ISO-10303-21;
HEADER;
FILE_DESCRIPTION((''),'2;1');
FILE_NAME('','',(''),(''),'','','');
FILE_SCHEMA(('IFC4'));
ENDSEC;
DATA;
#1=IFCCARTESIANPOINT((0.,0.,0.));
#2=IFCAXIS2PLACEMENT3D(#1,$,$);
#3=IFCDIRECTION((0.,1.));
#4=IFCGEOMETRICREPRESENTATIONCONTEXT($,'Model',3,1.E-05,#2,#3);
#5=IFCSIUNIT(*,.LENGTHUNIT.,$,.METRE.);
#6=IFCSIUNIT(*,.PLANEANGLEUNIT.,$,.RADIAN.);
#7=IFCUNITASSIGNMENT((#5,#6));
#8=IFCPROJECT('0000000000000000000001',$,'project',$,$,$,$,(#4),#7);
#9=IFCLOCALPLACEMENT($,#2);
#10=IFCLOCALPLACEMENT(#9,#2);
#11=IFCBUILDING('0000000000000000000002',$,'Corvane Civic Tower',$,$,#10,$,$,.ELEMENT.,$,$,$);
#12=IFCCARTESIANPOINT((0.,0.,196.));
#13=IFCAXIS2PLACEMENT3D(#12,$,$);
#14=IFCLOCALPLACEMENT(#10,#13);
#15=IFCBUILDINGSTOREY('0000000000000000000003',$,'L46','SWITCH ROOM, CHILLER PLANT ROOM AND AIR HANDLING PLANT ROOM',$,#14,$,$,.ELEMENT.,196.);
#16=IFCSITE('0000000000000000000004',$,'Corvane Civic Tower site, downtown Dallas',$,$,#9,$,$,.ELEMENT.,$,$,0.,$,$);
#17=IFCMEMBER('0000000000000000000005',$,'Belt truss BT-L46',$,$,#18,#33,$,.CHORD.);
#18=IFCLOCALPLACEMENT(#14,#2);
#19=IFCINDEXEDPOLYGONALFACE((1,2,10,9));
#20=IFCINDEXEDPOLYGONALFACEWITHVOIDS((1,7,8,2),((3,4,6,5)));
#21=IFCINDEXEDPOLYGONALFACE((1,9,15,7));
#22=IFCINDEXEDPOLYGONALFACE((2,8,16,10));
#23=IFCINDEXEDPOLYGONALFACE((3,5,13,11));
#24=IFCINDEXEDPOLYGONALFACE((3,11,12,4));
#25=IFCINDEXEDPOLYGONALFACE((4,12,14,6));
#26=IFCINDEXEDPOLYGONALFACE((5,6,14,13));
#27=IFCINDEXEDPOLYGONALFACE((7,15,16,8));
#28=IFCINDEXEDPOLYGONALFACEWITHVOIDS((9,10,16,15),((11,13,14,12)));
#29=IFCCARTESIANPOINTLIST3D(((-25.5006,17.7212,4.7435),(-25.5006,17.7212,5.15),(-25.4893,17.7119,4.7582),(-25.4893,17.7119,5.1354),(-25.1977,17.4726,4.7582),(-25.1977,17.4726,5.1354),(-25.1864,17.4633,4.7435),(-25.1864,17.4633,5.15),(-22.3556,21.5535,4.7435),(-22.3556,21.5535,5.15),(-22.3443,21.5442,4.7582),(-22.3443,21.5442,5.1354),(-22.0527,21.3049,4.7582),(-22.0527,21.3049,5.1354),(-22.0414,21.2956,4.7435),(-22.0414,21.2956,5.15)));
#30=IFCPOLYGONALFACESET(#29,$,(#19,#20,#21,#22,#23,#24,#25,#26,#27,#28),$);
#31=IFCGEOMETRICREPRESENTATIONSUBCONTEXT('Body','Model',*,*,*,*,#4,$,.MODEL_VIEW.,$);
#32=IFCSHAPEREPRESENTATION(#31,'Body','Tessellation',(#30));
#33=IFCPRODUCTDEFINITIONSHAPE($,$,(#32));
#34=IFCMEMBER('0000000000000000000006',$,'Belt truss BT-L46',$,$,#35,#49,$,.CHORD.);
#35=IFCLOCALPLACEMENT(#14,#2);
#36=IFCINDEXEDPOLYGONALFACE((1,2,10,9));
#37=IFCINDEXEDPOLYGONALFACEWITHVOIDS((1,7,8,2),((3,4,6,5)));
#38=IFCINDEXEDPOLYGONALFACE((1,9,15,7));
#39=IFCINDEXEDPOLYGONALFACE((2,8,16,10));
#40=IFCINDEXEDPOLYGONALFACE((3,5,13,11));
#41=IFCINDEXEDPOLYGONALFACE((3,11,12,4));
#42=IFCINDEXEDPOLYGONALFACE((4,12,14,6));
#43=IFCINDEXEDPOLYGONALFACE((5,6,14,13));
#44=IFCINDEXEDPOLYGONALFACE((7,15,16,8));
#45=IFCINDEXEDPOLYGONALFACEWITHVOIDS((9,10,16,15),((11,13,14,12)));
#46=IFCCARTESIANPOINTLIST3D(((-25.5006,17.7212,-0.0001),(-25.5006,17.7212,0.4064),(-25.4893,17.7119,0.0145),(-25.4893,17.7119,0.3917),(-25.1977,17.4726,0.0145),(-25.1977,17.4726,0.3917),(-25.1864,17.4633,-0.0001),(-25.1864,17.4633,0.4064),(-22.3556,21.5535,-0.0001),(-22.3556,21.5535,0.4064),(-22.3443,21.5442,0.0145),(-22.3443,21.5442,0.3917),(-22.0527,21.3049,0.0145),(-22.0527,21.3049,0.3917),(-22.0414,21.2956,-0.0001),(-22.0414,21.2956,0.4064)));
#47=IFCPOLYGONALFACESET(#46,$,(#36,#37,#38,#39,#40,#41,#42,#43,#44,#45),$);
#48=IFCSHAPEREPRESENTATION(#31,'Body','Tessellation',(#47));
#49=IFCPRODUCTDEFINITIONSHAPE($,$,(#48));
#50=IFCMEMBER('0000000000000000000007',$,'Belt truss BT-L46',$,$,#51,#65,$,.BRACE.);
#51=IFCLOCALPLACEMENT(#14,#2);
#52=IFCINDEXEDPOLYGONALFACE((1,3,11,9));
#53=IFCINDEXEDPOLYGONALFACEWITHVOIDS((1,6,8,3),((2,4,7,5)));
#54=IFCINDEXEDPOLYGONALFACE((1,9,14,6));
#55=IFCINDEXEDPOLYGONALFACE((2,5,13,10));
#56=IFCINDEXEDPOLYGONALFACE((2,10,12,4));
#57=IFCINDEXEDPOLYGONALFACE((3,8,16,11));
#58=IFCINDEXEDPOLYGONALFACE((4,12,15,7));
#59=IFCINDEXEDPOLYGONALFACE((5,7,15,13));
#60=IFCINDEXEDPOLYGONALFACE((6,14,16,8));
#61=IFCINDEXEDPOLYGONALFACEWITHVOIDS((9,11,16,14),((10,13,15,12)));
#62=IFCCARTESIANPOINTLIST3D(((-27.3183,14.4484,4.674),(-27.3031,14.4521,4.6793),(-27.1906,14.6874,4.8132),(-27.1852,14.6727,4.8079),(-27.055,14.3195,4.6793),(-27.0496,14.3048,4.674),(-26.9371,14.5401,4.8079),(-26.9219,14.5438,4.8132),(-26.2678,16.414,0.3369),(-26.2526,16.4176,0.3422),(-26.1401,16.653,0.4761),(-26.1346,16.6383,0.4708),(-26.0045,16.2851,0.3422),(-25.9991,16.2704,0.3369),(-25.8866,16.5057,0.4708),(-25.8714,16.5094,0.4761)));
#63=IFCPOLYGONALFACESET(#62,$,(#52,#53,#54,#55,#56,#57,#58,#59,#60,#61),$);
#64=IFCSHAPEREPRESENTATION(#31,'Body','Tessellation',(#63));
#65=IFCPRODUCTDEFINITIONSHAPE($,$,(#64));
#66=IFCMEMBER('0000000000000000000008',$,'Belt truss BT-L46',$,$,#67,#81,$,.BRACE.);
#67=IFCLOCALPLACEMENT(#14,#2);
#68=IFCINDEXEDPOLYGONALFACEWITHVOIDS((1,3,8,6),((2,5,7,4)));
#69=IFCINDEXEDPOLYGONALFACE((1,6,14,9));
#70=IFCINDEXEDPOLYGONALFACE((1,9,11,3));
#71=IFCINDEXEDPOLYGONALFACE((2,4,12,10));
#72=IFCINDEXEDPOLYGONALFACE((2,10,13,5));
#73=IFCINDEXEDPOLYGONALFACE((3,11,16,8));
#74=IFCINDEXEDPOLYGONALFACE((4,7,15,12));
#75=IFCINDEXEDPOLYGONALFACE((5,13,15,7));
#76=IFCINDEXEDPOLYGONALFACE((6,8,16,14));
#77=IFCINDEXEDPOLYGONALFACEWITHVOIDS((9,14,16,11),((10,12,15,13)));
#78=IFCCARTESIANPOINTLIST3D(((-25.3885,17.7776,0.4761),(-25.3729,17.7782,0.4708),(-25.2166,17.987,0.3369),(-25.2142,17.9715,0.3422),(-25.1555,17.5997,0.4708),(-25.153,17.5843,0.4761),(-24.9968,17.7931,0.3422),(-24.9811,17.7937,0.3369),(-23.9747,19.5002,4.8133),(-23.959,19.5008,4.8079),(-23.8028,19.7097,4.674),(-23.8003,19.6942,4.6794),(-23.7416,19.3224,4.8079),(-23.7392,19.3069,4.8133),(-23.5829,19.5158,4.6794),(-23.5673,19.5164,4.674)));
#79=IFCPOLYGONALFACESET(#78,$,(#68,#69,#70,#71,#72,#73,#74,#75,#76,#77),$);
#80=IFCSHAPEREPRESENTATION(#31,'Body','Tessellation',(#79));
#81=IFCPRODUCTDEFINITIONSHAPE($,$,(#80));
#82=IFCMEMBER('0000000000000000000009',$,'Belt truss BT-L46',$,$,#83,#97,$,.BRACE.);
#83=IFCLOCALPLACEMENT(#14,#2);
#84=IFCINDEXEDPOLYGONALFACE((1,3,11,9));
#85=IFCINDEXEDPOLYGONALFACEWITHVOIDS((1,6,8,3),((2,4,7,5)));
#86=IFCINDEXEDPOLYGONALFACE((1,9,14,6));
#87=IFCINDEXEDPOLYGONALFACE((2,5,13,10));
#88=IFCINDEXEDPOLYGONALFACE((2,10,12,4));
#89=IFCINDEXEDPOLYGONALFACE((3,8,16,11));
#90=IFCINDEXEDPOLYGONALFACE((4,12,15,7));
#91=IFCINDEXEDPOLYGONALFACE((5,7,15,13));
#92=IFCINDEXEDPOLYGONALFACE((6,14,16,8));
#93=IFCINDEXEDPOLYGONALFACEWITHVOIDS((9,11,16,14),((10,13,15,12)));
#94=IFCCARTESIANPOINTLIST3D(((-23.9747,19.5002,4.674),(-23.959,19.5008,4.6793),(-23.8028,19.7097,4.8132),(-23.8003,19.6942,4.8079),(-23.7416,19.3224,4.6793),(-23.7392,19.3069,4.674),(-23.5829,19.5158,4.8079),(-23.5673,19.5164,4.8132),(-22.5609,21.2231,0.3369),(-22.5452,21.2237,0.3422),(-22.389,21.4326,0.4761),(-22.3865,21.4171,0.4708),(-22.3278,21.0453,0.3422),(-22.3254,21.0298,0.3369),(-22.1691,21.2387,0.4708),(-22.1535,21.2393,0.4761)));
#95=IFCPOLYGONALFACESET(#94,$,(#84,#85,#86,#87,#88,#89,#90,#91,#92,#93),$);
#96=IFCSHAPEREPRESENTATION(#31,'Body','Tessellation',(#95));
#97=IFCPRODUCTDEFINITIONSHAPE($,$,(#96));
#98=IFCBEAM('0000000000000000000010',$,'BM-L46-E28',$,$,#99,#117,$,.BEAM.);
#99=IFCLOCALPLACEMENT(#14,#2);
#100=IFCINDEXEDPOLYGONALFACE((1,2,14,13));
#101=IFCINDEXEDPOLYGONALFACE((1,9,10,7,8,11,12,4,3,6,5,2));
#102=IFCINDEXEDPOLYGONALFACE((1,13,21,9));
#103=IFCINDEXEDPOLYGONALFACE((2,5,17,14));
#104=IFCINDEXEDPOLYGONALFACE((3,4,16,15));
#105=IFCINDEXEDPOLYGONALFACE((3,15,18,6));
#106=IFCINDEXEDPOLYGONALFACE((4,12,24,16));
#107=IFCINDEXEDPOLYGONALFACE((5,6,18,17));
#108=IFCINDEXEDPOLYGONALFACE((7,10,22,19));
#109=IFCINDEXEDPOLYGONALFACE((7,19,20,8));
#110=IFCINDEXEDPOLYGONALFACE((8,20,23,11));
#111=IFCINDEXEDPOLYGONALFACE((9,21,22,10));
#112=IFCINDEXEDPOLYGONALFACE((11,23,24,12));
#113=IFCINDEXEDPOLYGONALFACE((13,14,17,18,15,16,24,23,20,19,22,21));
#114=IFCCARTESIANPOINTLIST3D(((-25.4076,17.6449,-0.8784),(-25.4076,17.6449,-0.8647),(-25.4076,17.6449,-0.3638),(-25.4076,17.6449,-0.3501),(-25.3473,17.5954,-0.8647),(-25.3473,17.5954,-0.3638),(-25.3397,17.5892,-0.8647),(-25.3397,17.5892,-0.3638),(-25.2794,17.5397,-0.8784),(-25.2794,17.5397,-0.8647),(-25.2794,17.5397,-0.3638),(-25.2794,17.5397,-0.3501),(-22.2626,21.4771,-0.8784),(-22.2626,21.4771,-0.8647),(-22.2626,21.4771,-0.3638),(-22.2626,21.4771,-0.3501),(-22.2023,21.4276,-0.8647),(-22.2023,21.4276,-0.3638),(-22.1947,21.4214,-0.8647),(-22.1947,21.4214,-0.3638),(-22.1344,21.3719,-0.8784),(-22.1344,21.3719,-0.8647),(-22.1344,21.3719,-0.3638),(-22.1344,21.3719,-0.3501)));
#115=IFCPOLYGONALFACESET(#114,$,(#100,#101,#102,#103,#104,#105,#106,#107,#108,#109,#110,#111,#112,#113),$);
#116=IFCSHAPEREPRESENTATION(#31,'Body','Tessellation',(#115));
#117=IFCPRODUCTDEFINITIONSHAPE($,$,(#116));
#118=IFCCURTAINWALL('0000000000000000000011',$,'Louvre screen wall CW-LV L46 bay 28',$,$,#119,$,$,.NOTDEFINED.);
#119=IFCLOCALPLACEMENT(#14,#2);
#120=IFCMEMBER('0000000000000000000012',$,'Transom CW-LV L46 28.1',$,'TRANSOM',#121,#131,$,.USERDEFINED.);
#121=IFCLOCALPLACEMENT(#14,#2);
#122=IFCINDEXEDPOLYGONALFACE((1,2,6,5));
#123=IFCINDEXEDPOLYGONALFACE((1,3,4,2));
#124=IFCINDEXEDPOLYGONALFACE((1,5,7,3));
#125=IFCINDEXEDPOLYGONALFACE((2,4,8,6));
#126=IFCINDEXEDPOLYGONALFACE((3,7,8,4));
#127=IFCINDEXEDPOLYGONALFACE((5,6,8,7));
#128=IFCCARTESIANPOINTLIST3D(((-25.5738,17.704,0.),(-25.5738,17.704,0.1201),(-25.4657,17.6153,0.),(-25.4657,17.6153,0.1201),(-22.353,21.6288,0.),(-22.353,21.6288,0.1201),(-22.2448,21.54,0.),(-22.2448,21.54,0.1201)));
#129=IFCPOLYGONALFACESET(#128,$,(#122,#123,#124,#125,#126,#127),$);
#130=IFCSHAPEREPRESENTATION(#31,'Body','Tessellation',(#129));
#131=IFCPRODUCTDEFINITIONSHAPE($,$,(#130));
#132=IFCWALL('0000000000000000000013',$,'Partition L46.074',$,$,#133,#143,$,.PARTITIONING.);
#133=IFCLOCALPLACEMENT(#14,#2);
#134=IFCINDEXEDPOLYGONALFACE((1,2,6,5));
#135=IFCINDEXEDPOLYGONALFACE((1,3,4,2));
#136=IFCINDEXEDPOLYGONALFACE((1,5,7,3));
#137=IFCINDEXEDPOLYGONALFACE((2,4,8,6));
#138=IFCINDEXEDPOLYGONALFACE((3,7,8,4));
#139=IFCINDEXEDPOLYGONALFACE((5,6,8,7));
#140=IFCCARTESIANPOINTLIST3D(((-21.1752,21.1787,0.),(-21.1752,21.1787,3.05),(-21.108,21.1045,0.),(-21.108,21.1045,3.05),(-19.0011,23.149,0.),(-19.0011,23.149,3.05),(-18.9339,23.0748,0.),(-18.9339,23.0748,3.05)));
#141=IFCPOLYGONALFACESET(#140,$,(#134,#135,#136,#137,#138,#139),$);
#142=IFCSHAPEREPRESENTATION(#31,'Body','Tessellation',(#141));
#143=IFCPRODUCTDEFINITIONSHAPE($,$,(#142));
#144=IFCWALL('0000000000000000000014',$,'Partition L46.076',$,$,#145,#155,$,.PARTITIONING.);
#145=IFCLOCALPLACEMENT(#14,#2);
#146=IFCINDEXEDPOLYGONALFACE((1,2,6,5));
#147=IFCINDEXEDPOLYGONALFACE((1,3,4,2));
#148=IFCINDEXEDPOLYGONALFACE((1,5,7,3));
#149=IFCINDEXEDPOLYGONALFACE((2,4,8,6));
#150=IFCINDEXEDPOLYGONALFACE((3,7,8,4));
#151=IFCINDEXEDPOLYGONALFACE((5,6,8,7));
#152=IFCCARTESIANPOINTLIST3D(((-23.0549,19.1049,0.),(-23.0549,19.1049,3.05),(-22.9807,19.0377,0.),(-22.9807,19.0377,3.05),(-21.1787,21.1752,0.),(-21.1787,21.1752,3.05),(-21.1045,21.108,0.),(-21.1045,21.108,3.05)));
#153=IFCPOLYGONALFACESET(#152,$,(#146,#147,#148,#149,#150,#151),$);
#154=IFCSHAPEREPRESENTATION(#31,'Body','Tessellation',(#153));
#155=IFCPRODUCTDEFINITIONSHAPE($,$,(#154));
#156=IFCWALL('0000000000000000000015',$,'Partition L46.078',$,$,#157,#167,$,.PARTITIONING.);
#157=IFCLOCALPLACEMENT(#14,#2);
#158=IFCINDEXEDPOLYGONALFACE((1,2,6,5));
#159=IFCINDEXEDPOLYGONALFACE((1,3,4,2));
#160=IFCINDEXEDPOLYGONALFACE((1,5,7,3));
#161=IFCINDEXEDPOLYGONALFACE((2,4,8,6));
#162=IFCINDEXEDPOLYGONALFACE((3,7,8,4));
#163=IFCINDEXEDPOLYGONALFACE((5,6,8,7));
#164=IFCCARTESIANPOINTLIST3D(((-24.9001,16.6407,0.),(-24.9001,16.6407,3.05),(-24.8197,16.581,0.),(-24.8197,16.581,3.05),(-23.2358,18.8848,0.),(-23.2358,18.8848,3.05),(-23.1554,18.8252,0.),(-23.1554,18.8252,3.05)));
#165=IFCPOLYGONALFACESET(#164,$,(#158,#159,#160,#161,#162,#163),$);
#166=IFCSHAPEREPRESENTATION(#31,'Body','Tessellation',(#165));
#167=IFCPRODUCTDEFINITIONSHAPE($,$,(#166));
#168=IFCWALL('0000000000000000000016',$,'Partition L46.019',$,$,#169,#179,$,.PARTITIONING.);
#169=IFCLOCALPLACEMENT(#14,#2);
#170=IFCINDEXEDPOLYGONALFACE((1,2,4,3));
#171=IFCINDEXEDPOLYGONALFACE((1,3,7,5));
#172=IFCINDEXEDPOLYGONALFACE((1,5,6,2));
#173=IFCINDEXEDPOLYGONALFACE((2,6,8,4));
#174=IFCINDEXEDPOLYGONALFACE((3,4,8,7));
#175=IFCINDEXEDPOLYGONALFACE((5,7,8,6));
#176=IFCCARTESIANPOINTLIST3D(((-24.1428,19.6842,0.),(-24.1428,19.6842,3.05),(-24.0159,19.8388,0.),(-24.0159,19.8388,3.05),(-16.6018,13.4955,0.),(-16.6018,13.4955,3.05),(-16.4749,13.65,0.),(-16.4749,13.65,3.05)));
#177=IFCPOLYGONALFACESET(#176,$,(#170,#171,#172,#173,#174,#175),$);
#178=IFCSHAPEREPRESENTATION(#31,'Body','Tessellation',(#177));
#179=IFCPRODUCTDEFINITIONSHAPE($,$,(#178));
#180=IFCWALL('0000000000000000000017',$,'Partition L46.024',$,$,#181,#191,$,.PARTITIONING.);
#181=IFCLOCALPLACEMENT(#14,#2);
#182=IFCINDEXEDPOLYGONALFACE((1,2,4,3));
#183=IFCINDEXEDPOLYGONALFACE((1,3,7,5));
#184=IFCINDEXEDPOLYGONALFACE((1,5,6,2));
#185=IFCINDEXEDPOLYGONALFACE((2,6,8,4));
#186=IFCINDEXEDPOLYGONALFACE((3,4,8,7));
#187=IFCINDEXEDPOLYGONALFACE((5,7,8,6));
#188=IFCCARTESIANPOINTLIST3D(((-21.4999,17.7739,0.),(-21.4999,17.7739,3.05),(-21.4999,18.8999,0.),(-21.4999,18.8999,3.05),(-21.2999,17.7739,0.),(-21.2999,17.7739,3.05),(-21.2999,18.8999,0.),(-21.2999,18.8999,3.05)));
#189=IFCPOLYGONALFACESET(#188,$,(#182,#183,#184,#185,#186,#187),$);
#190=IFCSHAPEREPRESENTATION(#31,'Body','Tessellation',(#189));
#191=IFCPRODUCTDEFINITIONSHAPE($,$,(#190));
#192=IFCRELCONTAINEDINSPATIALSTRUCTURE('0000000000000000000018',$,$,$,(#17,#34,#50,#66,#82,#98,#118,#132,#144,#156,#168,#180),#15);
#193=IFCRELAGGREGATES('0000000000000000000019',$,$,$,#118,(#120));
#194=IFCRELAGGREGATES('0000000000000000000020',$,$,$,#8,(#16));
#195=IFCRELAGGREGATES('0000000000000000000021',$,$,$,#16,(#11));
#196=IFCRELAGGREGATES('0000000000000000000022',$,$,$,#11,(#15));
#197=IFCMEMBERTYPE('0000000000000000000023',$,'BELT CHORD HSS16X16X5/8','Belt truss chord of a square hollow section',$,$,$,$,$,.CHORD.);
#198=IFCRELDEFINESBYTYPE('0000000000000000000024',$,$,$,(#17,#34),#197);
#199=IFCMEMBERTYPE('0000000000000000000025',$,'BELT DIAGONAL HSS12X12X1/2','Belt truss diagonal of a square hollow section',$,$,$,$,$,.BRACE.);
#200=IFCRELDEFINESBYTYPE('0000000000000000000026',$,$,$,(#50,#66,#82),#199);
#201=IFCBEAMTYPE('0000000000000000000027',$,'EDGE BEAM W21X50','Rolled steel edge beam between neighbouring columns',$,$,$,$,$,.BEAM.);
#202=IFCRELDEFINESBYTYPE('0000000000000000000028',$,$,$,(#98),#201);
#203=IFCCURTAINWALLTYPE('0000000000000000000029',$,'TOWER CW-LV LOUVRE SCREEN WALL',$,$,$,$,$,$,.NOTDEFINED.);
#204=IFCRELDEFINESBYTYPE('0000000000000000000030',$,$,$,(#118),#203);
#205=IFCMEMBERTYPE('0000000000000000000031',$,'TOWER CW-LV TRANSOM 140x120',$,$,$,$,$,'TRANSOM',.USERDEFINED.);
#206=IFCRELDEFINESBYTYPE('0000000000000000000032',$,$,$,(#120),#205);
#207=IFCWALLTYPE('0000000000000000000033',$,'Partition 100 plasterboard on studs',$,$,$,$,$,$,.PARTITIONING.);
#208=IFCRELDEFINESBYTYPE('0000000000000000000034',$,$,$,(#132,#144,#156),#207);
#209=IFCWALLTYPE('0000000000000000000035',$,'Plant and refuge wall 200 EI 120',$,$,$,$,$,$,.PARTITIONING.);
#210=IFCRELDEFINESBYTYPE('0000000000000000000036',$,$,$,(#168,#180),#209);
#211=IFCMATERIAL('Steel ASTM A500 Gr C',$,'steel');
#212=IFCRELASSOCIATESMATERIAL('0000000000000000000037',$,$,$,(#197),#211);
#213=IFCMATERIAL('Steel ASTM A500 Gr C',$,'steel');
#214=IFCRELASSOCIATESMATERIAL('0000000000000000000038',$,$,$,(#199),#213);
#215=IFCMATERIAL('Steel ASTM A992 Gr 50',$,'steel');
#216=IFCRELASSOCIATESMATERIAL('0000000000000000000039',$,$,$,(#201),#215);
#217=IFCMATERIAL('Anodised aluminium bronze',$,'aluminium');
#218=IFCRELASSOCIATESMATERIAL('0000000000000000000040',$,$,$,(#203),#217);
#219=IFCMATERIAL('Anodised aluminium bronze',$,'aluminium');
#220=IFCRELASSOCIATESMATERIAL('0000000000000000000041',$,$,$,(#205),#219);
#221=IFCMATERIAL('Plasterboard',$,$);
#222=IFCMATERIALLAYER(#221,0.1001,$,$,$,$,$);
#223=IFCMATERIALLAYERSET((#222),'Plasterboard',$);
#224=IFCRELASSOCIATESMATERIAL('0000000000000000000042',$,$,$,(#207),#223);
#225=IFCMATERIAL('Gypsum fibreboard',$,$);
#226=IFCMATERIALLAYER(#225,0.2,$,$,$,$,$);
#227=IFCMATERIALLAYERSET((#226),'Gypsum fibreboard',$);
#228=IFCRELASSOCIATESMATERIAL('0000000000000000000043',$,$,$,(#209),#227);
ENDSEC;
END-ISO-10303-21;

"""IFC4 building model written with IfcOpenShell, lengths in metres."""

from ifc_helpers import new_model, si_unit, direction, frame, frame_2d, origin, origin_2d, place, context, subcontext, project, spatial, rectangle, hollow_rectangle, i_section, extrude, material, layer, layer_set, material_profile, profile_set, type_object, element, aggregate, save


model = new_model("IFC4")

# Units and contexts
model_context = context("Model", 3, precision=1e-05, world=origin(), true_north=direction((0.0, 1.0)))
body_context = subcontext(model_context, "Body", "Model", "MODEL_VIEW")
ifc_project = project(units=[si_unit("LENGTHUNIT", "METRE"), si_unit("PLANEANGLEUNIT", "RADIAN")], contexts=[model_context])

# Site, building, storey
site_placement = place(None, origin())
site = spatial("IfcSite", under=ifc_project, at=site_placement, Name="Corvane Civic Tower site, downtown Dallas", CompositionType="ELEMENT", RefElevation=0.0)
building_placement = place(site_placement, origin())
building = spatial("IfcBuilding", under=site, at=building_placement, Name="Corvane Civic Tower", CompositionType="ELEMENT")
storey_placement = place(building_placement, frame((0.0, 0.0, 196.0)))
storey = spatial("IfcBuildingStorey", under=building, at=storey_placement, Name="L46", Description="SWITCH ROOM, CHILLER PLANT ROOM AND AIR HANDLING PLANT ROOM", CompositionType="ELEMENT", Elevation=196.0)

# Members
ifc_material_1 = material(Name="Steel ASTM A500 Gr C", Category="steel")
ifc_material_profile_1 = material_profile(ifc_material_1, hollow_rectangle(XDim=0.4065, YDim=0.4065, WallThickness=0.0146, at=origin_2d()), Name="HSS16X16X5/8")
ifc_profile_set_1 = profile_set([ifc_material_profile_1], Name="Steel ASTM A500 Gr C")
member_type_1 = type_object("IfcMemberType", Name="BELT CHORD HSS16X16X5/8", Description="Belt truss chord of a square hollow section", PredefinedType="CHORD", material=ifc_profile_set_1)
for number, where, z_axis, x_axis, name in (
    (1, (-25.3435, 17.5923, 4.9468), (0.634388, 0.773015, 0.0), (-0.773015, 0.634388, 0.0), "Belt truss BT-L46"),
    (2, (-25.3435, 17.5923, 0.2031), (0.634388, 0.773015, 0.0), (-0.773015, 0.634388, 0.0), "Belt truss BT-L46"),
):
    element("IfcMember", number, at=place(storey_placement, frame(where, z_axis=z_axis, x_axis=x_axis)), inside=storey, type_object=member_type_1, Name=name, PredefinedType="CHORD", context=body_context, shape_type="SweptSolid", body=[
        extrude(hollow_rectangle(XDim=0.4065, YDim=0.4065, WallThickness=0.0146, at=origin_2d()), origin(), (0.0, 0.0, 1.0), 4.9575),
    ])
ifc_material_2 = material(Name="Steel ASTM A500 Gr C", Category="steel")
ifc_material_profile_2 = material_profile(ifc_material_2, hollow_rectangle(XDim=0.3047, YDim=0.3047, WallThickness=0.0117, at=origin_2d()), Name="HSS12X12X1/2")
ifc_profile_set_2 = profile_set([ifc_material_profile_2], Name="Steel ASTM A500 Gr C")
member_type_2 = type_object("IfcMemberType", Name="BELT DIAGONAL HSS12X12X1/2", Description="Belt truss diagonal of a square hollow section", PredefinedType="BRACE", material=ifc_profile_set_2)
for number, where, z_axis, x_axis, name in (
    (3, (-26.0696, 16.4617, 0.4065), (-0.215438, -0.40309, 0.889441), (0.881937, -0.471367, 0.0), "Belt truss BT-L46"),
    (4, (-25.1848, 17.7856, 0.4065), (0.289942, 0.353278, 0.889454), (-0.772995, 0.634412, 0.0), "Belt truss BT-L46"),
    (5, (-22.3572, 21.2312, 0.4065), (-0.289937, -0.353322, 0.889438), (0.773039, -0.634359, 0.0), "Belt truss BT-L46"),
):
    element("IfcMember", number, at=place(storey_placement, frame(where, z_axis=z_axis, x_axis=x_axis)), inside=storey, type_object=member_type_2, Name=name, PredefinedType="BRACE", context=body_context, shape_type="SweptSolid", body=[
        extrude(hollow_rectangle(XDim=0.3047, YDim=0.3047, WallThickness=0.0117, at=origin_2d()), origin(), (0.0, 0.0, 1.0), 4.8762),
    ])

# Beam
ifc_material_3 = material(Name="Steel ASTM A992 Gr 50", Category="steel")
ifc_material_profile_3 = material_profile(ifc_material_3, i_section(OverallWidth=0.1658, OverallDepth=0.5283, WebThickness=0.0098, FlangeThickness=0.0137, at=origin_2d()), Name="W21X50")
ifc_profile_set_3 = profile_set([ifc_material_profile_3], Name="Steel ASTM A992 Gr 50")
beam_type = type_object("IfcBeamType", Name="EDGE BEAM W21X50", Description="Rolled steel edge beam between neighbouring columns", PredefinedType="BEAM", material=ifc_profile_set_3)
beam_placement = place(storey_placement, frame((-25.3435, 17.5923, -0.6143), z_axis=(0.634388, 0.773015, 0.0), x_axis=(-0.773015, 0.634388, 0.0)))
element("IfcBeam", 6, at=beam_placement, inside=storey, type_object=beam_type, Name="BM-L46-E28", PredefinedType="BEAM", context=body_context, shape_type="SweptSolid", body=[
    extrude(i_section(OverallWidth=0.1658, OverallDepth=0.5283, WebThickness=0.0098, FlangeThickness=0.0137, at=origin_2d()), origin(), (0.0, 0.0, 1.0), 4.9575),
])

# Curtain wall, member
ifc_material_4 = material(Name="Anodised aluminium bronze", Category="aluminium")
curtain_wall_type = type_object("IfcCurtainWallType", Name="TOWER CW-LV LOUVRE SCREEN WALL", PredefinedType="NOTDEFINED", material=ifc_material_4)
curtain_wall_placement = place(storey_placement, origin())
curtain_wall = element("IfcCurtainWall", 7, at=curtain_wall_placement, inside=storey, type_object=curtain_wall_type, Name="Louvre screen wall CW-LV L46 bay 28", PredefinedType="NOTDEFINED")
ifc_material_5 = material(Name="Anodised aluminium bronze", Category="aluminium")
ifc_material_profile_4 = material_profile(ifc_material_5, rectangle(XDim=0.1399, YDim=0.1201, at=origin_2d()), Name="TOWER CW-LV TRANSOM 140x120")
ifc_profile_set_4 = profile_set([ifc_material_profile_4], Name="Anodised aluminium bronze")
member_type_3 = type_object("IfcMemberType", Name="TOWER CW-LV TRANSOM 140x120", ElementType="TRANSOM", PredefinedType="USERDEFINED", material=ifc_profile_set_4)
member_placement = place(storey_placement, frame((-25.5198, 17.6597, 0.0601), z_axis=(0.634387, 0.773016, 0.0), x_axis=(-0.773016, 0.634387, 0.0)))
member = element("IfcMember", 8, at=member_placement, type_object=member_type_3, Name="Transom CW-LV L46 28.1", ObjectType="TRANSOM", PredefinedType="USERDEFINED", context=body_context, shape_type="SweptSolid", body=[
    extrude(rectangle(XDim=0.1399, YDim=0.1201, at=origin_2d()), origin(), (0.0, 0.0, 1.0), 5.0771),
])

# Walls
ifc_material_6 = material(Name="Plasterboard")
ifc_layer_1 = layer(ifc_material_6, 0.1001)
ifc_layer_set_1 = layer_set([ifc_layer_1], Name="Plasterboard")
wall_type_1 = type_object("IfcWallType", Name="Partition 100 plasterboard on studs", PredefinedType="PARTITIONING", material=ifc_layer_set_1)
wall_1_placement = place(storey_placement, frame((-21.1416, 21.1416, 0.0), z_axis=(0.0, 0.0, 1.0), x_axis=(0.740993, 0.671512, 0.0)))
element("IfcWall", 9, at=wall_1_placement, inside=storey, type_object=wall_type_1, Name="Partition L46.074", PredefinedType="PARTITIONING", context=body_context, shape_type="SweptSolid", body=[
    extrude(rectangle(XDim=2.9341, YDim=0.1001, at=frame_2d((1.467, 0.0))), origin(), (0.0, 0.0, 1.0), 3.05),
])
for number, where, z_axis, x_axis, name in (
    (10, (-23.0178, 19.0713, 0.0), (0.0, 0.0, 1.0), (0.671519, 0.740987, 0.0), "Partition L46.076"),
    (11, (-24.8599, 16.6108, 0.0), (0.0, 0.0, 1.0), (0.595685, 0.803218, 0.0), "Partition L46.078"),
):
    element("IfcWall", number, at=place(storey_placement, frame(where, z_axis=z_axis, x_axis=x_axis)), inside=storey, type_object=wall_type_1, Name=name, PredefinedType="PARTITIONING", context=body_context, shape_type="SweptSolid", body=[
        extrude(rectangle(XDim=2.7939, YDim=0.1001, at=frame_2d((1.397, 0.0))), origin(), (0.0, 0.0, 1.0), 3.05),
    ])
ifc_material_7 = material(Name="Gypsum fibreboard")
ifc_layer_2 = layer(ifc_material_7, 0.2)
ifc_layer_set_2 = layer_set([ifc_layer_2], Name="Gypsum fibreboard")
wall_type_2 = type_object("IfcWallType", Name="Plant and refuge wall 200 EI 120", PredefinedType="PARTITIONING", material=ifc_layer_set_2)
wall_2_placement = place(storey_placement, frame((-24.0793, 19.7615, 0.0), z_axis=(0.0, 0.0, 1.0), x_axis=(0.773012, -0.634391, 0.0)))
element("IfcWall", 12, at=wall_2_placement, inside=storey, type_object=wall_type_2, Name="Partition L46.019", PredefinedType="PARTITIONING", context=body_context, shape_type="SweptSolid", body=[
    extrude(rectangle(XDim=9.7554, YDim=0.2, at=frame_2d((4.8777, 0.0))), origin(), (0.0, 0.0, 1.0), 3.05),
])
wall_3_placement = place(storey_placement, frame((-21.3999, 17.7739, 0.0), z_axis=(0.0, 0.0, 1.0), x_axis=(0.0, 1.0, 0.0)))
element("IfcWall", 13, at=wall_3_placement, inside=storey, type_object=wall_type_2, Name="Partition L46.024", PredefinedType="PARTITIONING", context=body_context, shape_type="SweptSolid", body=[
    extrude(rectangle(XDim=1.126, YDim=0.2, at=frame_2d((0.563, 0.0))), origin(), (0.0, 0.0, 1.0), 3.05),
])

aggregate(curtain_wall, [member])

save(model, "model.ifc")
